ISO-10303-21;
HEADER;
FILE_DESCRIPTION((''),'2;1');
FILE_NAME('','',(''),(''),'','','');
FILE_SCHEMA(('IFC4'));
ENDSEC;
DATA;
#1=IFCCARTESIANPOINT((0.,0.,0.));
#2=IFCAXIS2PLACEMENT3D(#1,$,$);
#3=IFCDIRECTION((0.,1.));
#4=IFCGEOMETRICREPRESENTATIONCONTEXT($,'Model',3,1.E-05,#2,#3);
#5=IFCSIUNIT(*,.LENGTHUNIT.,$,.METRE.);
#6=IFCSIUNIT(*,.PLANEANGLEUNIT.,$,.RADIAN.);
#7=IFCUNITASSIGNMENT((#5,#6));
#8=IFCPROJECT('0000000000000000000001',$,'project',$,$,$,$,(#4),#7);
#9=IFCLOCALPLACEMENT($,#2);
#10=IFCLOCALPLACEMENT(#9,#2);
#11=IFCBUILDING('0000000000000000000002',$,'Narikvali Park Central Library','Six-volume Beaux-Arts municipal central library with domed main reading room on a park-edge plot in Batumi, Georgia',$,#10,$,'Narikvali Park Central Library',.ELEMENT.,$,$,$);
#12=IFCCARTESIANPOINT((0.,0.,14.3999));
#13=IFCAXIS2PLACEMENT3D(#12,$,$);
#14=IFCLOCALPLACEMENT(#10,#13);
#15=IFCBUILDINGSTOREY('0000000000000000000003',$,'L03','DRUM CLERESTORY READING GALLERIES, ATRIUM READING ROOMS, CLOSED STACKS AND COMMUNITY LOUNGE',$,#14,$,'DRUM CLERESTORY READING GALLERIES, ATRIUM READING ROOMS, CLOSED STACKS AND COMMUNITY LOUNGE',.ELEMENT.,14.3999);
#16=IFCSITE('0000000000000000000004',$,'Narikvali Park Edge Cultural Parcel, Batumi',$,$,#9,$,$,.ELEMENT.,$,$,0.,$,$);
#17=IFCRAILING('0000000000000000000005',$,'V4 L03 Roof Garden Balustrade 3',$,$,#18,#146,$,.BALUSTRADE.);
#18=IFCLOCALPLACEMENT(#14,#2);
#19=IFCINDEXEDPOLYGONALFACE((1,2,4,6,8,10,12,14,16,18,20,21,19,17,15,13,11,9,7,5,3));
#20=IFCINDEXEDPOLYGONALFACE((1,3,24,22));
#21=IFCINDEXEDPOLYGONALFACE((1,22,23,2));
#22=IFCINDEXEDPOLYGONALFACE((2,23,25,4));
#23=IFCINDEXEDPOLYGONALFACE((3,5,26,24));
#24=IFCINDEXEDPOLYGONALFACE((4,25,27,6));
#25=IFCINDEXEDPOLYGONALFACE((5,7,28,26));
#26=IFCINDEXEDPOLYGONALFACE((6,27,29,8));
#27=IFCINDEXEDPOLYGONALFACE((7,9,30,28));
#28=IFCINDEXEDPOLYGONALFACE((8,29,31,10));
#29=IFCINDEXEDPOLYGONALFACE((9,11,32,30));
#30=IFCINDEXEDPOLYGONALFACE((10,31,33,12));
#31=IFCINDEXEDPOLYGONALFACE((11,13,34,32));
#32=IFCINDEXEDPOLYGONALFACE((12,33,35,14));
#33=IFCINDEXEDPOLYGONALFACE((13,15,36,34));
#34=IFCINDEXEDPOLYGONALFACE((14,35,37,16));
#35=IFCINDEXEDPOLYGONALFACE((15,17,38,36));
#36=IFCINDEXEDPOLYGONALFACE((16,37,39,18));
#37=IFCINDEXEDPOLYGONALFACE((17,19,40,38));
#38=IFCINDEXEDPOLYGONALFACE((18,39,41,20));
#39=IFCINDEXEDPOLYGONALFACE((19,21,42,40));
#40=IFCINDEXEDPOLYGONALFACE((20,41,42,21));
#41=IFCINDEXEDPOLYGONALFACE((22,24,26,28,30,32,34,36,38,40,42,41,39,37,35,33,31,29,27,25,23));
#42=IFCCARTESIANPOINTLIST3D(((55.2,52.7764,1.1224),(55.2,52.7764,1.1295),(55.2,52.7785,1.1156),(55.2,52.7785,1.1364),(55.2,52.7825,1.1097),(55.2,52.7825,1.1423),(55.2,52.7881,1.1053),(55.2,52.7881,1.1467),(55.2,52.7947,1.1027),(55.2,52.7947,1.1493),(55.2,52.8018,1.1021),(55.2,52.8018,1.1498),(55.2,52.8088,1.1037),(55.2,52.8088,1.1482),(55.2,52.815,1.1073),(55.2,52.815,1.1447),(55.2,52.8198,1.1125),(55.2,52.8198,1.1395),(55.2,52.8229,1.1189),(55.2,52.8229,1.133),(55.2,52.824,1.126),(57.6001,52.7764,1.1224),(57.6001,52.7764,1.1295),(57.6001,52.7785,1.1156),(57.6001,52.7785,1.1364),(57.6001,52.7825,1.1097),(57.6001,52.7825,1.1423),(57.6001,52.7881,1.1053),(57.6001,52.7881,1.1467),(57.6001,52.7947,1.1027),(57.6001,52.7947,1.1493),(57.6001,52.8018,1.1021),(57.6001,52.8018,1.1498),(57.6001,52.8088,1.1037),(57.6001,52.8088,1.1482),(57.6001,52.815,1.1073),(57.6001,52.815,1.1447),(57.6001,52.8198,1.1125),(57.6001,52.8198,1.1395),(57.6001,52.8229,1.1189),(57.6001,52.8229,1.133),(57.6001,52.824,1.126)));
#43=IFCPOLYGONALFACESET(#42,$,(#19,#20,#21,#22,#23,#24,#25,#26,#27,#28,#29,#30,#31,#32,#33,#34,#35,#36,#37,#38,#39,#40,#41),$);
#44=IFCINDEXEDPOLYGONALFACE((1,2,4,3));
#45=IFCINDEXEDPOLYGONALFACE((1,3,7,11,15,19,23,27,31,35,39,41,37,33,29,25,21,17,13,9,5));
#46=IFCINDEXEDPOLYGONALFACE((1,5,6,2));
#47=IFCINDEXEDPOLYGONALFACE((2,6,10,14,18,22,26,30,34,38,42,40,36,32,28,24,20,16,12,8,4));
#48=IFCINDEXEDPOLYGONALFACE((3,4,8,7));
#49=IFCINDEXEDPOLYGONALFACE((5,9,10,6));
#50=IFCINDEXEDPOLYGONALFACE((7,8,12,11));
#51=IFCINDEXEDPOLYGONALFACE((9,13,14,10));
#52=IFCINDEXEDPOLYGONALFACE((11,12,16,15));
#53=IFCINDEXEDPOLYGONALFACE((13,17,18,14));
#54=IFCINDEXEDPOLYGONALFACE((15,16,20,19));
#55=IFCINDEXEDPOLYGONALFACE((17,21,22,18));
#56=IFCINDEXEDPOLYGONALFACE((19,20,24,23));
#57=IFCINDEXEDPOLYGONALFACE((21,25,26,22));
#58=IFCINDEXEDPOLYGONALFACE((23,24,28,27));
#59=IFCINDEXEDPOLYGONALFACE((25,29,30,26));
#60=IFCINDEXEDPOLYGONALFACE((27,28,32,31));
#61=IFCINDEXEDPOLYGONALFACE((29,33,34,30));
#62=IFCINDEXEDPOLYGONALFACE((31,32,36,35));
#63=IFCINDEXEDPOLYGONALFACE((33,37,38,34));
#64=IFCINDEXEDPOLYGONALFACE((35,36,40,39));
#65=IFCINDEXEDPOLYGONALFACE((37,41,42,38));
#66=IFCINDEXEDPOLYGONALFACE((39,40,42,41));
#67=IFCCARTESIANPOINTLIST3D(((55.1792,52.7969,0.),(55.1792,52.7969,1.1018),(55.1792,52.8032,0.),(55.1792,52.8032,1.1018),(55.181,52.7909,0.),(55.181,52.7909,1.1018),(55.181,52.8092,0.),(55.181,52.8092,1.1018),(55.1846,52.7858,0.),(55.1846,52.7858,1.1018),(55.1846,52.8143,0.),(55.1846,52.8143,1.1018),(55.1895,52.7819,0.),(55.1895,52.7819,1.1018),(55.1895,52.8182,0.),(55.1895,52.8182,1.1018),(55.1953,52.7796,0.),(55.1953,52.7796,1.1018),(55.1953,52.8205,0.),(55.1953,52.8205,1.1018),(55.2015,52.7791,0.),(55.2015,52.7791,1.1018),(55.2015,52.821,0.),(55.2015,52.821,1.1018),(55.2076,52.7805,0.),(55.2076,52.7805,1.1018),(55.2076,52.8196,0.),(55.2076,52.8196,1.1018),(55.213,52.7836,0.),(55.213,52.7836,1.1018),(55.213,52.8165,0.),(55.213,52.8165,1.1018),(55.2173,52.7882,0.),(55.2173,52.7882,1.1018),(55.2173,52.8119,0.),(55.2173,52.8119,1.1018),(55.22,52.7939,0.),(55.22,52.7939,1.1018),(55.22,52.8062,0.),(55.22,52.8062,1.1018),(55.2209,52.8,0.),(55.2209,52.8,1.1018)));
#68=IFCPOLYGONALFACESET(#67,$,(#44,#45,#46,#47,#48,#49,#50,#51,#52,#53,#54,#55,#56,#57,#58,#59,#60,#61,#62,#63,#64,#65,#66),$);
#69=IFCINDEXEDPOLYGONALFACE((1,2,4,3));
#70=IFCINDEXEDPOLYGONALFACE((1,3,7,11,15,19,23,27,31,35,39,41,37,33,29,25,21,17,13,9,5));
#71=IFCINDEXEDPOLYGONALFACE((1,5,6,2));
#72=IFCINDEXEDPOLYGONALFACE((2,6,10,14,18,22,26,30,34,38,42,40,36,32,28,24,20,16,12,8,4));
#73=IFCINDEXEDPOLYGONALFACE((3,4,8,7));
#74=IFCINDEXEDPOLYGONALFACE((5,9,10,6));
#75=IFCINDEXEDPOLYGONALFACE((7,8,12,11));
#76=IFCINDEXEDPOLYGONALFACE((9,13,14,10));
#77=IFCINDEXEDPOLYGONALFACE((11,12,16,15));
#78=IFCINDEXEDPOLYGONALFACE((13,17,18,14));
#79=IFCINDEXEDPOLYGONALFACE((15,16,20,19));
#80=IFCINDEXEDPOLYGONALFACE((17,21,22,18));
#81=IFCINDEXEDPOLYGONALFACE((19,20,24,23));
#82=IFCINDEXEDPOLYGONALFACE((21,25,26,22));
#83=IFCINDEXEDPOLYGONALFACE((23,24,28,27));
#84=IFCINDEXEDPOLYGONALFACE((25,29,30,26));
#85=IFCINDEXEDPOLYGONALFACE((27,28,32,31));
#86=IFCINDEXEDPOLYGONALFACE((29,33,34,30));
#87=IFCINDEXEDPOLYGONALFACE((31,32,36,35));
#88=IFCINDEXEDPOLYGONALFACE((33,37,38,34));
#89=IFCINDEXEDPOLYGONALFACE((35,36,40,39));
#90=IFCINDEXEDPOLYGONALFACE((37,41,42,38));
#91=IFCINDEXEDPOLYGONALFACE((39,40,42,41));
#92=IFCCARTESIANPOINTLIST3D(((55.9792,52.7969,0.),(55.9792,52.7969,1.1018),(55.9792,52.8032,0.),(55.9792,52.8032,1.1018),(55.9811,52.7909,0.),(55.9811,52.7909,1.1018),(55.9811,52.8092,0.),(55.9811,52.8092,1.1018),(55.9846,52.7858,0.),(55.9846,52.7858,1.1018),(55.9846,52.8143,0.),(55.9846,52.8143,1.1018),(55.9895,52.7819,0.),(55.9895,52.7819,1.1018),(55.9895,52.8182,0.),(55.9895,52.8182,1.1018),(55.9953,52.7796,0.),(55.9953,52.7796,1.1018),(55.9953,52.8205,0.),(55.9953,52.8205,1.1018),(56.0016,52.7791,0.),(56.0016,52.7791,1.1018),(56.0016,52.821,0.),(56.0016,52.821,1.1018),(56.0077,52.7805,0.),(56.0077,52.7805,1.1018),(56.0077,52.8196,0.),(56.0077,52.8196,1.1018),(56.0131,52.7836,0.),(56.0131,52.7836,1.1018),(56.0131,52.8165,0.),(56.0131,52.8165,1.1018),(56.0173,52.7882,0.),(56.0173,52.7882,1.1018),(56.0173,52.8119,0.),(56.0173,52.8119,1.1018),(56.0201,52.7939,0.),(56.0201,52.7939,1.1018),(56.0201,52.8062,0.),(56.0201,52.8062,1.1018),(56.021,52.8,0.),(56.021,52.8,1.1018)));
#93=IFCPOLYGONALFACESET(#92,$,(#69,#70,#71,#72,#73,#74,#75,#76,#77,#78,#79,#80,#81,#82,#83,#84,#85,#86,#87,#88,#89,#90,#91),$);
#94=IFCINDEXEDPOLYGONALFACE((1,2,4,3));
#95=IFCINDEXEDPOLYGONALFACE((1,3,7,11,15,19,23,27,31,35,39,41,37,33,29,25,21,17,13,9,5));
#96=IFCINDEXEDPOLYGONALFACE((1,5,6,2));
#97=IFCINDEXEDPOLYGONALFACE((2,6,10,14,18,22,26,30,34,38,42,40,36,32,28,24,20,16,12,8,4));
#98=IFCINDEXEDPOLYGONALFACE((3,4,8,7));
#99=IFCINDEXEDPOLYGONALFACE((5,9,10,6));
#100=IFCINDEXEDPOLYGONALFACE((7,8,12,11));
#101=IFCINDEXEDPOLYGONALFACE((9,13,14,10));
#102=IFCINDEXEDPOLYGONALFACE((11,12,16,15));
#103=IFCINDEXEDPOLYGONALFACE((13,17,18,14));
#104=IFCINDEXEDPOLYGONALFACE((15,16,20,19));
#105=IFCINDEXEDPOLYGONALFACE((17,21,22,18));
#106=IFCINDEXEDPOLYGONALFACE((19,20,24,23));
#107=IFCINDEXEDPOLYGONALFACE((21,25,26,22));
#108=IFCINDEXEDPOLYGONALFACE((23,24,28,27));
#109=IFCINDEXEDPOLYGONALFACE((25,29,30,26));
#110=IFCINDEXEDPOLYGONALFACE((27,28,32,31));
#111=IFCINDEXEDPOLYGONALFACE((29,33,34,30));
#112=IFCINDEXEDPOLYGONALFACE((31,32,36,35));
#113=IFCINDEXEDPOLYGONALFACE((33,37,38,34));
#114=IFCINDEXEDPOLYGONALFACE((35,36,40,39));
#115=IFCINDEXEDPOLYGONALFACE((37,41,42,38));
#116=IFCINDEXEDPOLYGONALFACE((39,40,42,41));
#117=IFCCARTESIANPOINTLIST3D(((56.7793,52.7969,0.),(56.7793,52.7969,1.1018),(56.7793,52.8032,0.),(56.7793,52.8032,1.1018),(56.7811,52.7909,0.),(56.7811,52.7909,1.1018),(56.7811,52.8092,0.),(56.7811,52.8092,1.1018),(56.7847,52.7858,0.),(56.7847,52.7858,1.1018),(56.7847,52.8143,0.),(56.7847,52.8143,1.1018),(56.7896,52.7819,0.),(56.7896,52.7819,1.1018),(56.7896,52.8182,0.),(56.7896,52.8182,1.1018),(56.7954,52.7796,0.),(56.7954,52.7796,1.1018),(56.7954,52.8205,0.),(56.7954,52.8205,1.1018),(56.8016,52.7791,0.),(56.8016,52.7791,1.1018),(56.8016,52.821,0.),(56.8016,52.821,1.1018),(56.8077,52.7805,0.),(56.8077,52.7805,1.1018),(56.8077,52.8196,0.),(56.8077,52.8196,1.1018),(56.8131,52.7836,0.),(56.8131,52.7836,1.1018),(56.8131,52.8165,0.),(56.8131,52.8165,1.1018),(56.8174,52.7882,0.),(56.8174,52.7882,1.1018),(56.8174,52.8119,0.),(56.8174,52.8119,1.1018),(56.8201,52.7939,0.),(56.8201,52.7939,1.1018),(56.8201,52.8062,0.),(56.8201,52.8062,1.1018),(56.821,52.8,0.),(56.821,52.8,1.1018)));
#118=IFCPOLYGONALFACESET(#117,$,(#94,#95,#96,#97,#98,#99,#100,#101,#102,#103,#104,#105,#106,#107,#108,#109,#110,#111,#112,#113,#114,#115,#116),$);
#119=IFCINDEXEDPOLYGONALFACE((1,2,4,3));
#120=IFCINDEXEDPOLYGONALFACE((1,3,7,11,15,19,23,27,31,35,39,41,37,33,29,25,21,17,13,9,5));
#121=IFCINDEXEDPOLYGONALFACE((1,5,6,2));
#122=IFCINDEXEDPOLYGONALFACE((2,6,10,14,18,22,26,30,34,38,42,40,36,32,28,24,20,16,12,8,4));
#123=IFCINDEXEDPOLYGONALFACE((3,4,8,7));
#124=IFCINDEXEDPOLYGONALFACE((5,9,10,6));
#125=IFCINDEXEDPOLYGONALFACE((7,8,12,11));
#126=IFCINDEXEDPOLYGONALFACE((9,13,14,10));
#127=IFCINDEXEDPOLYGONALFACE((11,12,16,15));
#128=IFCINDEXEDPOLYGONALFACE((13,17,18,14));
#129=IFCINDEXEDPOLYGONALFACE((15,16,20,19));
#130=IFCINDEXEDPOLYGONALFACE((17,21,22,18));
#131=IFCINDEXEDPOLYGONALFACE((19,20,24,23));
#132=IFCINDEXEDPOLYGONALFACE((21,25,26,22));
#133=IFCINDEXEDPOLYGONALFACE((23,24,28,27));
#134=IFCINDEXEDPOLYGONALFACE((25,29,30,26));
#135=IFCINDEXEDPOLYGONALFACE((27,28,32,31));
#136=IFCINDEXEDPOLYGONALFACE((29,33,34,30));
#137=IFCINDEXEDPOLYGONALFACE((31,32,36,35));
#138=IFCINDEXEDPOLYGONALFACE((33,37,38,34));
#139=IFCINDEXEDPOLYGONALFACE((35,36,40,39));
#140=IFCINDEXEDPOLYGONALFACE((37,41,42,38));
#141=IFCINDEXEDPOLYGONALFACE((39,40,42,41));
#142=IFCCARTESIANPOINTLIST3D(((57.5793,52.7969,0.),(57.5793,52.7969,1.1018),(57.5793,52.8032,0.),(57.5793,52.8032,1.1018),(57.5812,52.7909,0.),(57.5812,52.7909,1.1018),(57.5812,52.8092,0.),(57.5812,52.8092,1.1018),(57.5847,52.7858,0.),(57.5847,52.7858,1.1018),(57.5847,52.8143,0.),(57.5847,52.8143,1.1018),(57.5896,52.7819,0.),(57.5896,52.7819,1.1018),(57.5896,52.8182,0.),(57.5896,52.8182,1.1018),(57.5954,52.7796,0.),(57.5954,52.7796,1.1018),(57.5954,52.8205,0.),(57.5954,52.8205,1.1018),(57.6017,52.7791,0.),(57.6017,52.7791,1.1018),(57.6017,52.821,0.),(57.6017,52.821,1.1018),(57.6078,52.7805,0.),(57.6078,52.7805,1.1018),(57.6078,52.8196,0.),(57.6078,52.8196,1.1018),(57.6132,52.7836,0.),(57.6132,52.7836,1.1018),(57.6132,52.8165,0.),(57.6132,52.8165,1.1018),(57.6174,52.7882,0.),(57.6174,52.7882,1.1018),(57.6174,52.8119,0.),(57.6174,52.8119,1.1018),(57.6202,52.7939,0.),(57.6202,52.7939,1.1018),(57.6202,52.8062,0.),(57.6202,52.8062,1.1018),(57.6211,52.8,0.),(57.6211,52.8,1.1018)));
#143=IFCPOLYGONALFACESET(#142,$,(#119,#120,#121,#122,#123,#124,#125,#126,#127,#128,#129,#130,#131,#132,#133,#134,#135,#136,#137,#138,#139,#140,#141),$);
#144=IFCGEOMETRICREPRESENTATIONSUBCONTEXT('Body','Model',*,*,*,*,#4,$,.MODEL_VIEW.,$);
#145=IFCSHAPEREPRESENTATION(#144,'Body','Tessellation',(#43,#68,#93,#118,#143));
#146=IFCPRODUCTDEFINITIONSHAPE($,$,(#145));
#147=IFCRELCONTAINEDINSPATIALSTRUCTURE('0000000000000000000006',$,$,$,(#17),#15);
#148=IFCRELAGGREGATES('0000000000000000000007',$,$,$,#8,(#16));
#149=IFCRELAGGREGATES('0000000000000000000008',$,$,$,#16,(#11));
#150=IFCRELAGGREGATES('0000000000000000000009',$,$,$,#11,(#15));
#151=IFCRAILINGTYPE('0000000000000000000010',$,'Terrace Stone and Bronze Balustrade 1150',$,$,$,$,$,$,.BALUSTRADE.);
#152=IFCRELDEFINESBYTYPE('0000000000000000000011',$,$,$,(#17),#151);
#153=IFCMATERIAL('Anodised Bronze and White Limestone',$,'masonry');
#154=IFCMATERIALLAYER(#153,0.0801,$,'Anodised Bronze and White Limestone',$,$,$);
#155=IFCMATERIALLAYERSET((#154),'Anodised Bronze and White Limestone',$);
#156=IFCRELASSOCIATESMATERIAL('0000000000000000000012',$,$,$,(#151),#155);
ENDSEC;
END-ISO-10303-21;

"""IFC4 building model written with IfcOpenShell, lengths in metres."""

from ifc_helpers import new_model, si_unit, direction, frame, origin, origin_2d, place, context, subcontext, project, spatial, circle, extrude, material, layer, layer_set, type_object, element, save


model = new_model("IFC4")

# Units and contexts
model_context = context("Model", 3, precision=1e-05, world=origin(), true_north=direction((0.0, 1.0)))
body_context = subcontext(model_context, "Body", "Model", "MODEL_VIEW")
ifc_project = project(units=[si_unit("LENGTHUNIT", "METRE"), si_unit("PLANEANGLEUNIT", "RADIAN")], contexts=[model_context])

# Site, building, storey
site_placement = place(None, origin())
site = spatial("IfcSite", under=ifc_project, at=site_placement, Name="Narikvali Park Edge Cultural Parcel, Batumi", CompositionType="ELEMENT", RefElevation=0.0)
building_placement = place(site_placement, origin())
building = spatial("IfcBuilding", under=site, at=building_placement, Name="Narikvali Park Central Library", Description="Six-volume Beaux-Arts municipal central library with domed main reading room on a park-edge plot in Batumi, Georgia", LongName="Narikvali Park Central Library", CompositionType="ELEMENT")
storey_placement = place(building_placement, frame((0.0, 0.0, 14.3999)))
storey = spatial("IfcBuildingStorey", under=building, at=storey_placement, Name="L03", Description="DRUM CLERESTORY READING GALLERIES, ATRIUM READING ROOMS, CLOSED STACKS AND COMMUNITY LOUNGE", LongName="DRUM CLERESTORY READING GALLERIES, ATRIUM READING ROOMS, CLOSED STACKS AND COMMUNITY LOUNGE", CompositionType="ELEMENT", Elevation=14.3999)

# Railing
ifc_material_1 = material(Name="Anodised Bronze and White Limestone", Category="masonry")
ifc_layer_1 = layer(ifc_material_1, 0.0801, Name="Anodised Bronze and White Limestone")
ifc_layer_set_1 = layer_set([ifc_layer_1], Name="Anodised Bronze and White Limestone")
railing_type_1 = type_object("IfcRailingType", Name="Terrace Stone and Bronze Balustrade 1150", PredefinedType="BALUSTRADE", material=ifc_layer_set_1)
railing_1_placement = place(storey_placement, frame((55.2, 52.8, 0.0)))
element("IfcRailing", 1, at=railing_1_placement, inside=storey, type_object=railing_type_1, Name="V4 L03 Roof Garden Balustrade 3", PredefinedType="BALUSTRADE", context=body_context, shape_type="SweptSolid", body=[
    extrude(circle(Radius=0.0239, at=origin_2d()), frame((0.0, 0.0, 1.126), z_axis=(1.0, 0.0, 0.0), x_axis=(0.0, 1.0, 0.0)), (0.0, 0.0, 1.0), 2.4001),
    extrude(circle(Radius=0.021, at=origin_2d()), origin(), (0.0, 0.0, 1.0), 1.1018),
    extrude(circle(Radius=0.021, at=origin_2d()), frame((0.8, 0.0, 0.0)), (0.0, 0.0, 1.0), 1.1018),
    extrude(circle(Radius=0.021, at=origin_2d()), frame((1.6001, 0.0, 0.0)), (0.0, 0.0, 1.0), 1.1018),
    extrude(circle(Radius=0.021, at=origin_2d()), frame((2.4001, 0.0, 0.0)), (0.0, 0.0, 1.0), 1.1018),
])

save(model, "model.ifc")
